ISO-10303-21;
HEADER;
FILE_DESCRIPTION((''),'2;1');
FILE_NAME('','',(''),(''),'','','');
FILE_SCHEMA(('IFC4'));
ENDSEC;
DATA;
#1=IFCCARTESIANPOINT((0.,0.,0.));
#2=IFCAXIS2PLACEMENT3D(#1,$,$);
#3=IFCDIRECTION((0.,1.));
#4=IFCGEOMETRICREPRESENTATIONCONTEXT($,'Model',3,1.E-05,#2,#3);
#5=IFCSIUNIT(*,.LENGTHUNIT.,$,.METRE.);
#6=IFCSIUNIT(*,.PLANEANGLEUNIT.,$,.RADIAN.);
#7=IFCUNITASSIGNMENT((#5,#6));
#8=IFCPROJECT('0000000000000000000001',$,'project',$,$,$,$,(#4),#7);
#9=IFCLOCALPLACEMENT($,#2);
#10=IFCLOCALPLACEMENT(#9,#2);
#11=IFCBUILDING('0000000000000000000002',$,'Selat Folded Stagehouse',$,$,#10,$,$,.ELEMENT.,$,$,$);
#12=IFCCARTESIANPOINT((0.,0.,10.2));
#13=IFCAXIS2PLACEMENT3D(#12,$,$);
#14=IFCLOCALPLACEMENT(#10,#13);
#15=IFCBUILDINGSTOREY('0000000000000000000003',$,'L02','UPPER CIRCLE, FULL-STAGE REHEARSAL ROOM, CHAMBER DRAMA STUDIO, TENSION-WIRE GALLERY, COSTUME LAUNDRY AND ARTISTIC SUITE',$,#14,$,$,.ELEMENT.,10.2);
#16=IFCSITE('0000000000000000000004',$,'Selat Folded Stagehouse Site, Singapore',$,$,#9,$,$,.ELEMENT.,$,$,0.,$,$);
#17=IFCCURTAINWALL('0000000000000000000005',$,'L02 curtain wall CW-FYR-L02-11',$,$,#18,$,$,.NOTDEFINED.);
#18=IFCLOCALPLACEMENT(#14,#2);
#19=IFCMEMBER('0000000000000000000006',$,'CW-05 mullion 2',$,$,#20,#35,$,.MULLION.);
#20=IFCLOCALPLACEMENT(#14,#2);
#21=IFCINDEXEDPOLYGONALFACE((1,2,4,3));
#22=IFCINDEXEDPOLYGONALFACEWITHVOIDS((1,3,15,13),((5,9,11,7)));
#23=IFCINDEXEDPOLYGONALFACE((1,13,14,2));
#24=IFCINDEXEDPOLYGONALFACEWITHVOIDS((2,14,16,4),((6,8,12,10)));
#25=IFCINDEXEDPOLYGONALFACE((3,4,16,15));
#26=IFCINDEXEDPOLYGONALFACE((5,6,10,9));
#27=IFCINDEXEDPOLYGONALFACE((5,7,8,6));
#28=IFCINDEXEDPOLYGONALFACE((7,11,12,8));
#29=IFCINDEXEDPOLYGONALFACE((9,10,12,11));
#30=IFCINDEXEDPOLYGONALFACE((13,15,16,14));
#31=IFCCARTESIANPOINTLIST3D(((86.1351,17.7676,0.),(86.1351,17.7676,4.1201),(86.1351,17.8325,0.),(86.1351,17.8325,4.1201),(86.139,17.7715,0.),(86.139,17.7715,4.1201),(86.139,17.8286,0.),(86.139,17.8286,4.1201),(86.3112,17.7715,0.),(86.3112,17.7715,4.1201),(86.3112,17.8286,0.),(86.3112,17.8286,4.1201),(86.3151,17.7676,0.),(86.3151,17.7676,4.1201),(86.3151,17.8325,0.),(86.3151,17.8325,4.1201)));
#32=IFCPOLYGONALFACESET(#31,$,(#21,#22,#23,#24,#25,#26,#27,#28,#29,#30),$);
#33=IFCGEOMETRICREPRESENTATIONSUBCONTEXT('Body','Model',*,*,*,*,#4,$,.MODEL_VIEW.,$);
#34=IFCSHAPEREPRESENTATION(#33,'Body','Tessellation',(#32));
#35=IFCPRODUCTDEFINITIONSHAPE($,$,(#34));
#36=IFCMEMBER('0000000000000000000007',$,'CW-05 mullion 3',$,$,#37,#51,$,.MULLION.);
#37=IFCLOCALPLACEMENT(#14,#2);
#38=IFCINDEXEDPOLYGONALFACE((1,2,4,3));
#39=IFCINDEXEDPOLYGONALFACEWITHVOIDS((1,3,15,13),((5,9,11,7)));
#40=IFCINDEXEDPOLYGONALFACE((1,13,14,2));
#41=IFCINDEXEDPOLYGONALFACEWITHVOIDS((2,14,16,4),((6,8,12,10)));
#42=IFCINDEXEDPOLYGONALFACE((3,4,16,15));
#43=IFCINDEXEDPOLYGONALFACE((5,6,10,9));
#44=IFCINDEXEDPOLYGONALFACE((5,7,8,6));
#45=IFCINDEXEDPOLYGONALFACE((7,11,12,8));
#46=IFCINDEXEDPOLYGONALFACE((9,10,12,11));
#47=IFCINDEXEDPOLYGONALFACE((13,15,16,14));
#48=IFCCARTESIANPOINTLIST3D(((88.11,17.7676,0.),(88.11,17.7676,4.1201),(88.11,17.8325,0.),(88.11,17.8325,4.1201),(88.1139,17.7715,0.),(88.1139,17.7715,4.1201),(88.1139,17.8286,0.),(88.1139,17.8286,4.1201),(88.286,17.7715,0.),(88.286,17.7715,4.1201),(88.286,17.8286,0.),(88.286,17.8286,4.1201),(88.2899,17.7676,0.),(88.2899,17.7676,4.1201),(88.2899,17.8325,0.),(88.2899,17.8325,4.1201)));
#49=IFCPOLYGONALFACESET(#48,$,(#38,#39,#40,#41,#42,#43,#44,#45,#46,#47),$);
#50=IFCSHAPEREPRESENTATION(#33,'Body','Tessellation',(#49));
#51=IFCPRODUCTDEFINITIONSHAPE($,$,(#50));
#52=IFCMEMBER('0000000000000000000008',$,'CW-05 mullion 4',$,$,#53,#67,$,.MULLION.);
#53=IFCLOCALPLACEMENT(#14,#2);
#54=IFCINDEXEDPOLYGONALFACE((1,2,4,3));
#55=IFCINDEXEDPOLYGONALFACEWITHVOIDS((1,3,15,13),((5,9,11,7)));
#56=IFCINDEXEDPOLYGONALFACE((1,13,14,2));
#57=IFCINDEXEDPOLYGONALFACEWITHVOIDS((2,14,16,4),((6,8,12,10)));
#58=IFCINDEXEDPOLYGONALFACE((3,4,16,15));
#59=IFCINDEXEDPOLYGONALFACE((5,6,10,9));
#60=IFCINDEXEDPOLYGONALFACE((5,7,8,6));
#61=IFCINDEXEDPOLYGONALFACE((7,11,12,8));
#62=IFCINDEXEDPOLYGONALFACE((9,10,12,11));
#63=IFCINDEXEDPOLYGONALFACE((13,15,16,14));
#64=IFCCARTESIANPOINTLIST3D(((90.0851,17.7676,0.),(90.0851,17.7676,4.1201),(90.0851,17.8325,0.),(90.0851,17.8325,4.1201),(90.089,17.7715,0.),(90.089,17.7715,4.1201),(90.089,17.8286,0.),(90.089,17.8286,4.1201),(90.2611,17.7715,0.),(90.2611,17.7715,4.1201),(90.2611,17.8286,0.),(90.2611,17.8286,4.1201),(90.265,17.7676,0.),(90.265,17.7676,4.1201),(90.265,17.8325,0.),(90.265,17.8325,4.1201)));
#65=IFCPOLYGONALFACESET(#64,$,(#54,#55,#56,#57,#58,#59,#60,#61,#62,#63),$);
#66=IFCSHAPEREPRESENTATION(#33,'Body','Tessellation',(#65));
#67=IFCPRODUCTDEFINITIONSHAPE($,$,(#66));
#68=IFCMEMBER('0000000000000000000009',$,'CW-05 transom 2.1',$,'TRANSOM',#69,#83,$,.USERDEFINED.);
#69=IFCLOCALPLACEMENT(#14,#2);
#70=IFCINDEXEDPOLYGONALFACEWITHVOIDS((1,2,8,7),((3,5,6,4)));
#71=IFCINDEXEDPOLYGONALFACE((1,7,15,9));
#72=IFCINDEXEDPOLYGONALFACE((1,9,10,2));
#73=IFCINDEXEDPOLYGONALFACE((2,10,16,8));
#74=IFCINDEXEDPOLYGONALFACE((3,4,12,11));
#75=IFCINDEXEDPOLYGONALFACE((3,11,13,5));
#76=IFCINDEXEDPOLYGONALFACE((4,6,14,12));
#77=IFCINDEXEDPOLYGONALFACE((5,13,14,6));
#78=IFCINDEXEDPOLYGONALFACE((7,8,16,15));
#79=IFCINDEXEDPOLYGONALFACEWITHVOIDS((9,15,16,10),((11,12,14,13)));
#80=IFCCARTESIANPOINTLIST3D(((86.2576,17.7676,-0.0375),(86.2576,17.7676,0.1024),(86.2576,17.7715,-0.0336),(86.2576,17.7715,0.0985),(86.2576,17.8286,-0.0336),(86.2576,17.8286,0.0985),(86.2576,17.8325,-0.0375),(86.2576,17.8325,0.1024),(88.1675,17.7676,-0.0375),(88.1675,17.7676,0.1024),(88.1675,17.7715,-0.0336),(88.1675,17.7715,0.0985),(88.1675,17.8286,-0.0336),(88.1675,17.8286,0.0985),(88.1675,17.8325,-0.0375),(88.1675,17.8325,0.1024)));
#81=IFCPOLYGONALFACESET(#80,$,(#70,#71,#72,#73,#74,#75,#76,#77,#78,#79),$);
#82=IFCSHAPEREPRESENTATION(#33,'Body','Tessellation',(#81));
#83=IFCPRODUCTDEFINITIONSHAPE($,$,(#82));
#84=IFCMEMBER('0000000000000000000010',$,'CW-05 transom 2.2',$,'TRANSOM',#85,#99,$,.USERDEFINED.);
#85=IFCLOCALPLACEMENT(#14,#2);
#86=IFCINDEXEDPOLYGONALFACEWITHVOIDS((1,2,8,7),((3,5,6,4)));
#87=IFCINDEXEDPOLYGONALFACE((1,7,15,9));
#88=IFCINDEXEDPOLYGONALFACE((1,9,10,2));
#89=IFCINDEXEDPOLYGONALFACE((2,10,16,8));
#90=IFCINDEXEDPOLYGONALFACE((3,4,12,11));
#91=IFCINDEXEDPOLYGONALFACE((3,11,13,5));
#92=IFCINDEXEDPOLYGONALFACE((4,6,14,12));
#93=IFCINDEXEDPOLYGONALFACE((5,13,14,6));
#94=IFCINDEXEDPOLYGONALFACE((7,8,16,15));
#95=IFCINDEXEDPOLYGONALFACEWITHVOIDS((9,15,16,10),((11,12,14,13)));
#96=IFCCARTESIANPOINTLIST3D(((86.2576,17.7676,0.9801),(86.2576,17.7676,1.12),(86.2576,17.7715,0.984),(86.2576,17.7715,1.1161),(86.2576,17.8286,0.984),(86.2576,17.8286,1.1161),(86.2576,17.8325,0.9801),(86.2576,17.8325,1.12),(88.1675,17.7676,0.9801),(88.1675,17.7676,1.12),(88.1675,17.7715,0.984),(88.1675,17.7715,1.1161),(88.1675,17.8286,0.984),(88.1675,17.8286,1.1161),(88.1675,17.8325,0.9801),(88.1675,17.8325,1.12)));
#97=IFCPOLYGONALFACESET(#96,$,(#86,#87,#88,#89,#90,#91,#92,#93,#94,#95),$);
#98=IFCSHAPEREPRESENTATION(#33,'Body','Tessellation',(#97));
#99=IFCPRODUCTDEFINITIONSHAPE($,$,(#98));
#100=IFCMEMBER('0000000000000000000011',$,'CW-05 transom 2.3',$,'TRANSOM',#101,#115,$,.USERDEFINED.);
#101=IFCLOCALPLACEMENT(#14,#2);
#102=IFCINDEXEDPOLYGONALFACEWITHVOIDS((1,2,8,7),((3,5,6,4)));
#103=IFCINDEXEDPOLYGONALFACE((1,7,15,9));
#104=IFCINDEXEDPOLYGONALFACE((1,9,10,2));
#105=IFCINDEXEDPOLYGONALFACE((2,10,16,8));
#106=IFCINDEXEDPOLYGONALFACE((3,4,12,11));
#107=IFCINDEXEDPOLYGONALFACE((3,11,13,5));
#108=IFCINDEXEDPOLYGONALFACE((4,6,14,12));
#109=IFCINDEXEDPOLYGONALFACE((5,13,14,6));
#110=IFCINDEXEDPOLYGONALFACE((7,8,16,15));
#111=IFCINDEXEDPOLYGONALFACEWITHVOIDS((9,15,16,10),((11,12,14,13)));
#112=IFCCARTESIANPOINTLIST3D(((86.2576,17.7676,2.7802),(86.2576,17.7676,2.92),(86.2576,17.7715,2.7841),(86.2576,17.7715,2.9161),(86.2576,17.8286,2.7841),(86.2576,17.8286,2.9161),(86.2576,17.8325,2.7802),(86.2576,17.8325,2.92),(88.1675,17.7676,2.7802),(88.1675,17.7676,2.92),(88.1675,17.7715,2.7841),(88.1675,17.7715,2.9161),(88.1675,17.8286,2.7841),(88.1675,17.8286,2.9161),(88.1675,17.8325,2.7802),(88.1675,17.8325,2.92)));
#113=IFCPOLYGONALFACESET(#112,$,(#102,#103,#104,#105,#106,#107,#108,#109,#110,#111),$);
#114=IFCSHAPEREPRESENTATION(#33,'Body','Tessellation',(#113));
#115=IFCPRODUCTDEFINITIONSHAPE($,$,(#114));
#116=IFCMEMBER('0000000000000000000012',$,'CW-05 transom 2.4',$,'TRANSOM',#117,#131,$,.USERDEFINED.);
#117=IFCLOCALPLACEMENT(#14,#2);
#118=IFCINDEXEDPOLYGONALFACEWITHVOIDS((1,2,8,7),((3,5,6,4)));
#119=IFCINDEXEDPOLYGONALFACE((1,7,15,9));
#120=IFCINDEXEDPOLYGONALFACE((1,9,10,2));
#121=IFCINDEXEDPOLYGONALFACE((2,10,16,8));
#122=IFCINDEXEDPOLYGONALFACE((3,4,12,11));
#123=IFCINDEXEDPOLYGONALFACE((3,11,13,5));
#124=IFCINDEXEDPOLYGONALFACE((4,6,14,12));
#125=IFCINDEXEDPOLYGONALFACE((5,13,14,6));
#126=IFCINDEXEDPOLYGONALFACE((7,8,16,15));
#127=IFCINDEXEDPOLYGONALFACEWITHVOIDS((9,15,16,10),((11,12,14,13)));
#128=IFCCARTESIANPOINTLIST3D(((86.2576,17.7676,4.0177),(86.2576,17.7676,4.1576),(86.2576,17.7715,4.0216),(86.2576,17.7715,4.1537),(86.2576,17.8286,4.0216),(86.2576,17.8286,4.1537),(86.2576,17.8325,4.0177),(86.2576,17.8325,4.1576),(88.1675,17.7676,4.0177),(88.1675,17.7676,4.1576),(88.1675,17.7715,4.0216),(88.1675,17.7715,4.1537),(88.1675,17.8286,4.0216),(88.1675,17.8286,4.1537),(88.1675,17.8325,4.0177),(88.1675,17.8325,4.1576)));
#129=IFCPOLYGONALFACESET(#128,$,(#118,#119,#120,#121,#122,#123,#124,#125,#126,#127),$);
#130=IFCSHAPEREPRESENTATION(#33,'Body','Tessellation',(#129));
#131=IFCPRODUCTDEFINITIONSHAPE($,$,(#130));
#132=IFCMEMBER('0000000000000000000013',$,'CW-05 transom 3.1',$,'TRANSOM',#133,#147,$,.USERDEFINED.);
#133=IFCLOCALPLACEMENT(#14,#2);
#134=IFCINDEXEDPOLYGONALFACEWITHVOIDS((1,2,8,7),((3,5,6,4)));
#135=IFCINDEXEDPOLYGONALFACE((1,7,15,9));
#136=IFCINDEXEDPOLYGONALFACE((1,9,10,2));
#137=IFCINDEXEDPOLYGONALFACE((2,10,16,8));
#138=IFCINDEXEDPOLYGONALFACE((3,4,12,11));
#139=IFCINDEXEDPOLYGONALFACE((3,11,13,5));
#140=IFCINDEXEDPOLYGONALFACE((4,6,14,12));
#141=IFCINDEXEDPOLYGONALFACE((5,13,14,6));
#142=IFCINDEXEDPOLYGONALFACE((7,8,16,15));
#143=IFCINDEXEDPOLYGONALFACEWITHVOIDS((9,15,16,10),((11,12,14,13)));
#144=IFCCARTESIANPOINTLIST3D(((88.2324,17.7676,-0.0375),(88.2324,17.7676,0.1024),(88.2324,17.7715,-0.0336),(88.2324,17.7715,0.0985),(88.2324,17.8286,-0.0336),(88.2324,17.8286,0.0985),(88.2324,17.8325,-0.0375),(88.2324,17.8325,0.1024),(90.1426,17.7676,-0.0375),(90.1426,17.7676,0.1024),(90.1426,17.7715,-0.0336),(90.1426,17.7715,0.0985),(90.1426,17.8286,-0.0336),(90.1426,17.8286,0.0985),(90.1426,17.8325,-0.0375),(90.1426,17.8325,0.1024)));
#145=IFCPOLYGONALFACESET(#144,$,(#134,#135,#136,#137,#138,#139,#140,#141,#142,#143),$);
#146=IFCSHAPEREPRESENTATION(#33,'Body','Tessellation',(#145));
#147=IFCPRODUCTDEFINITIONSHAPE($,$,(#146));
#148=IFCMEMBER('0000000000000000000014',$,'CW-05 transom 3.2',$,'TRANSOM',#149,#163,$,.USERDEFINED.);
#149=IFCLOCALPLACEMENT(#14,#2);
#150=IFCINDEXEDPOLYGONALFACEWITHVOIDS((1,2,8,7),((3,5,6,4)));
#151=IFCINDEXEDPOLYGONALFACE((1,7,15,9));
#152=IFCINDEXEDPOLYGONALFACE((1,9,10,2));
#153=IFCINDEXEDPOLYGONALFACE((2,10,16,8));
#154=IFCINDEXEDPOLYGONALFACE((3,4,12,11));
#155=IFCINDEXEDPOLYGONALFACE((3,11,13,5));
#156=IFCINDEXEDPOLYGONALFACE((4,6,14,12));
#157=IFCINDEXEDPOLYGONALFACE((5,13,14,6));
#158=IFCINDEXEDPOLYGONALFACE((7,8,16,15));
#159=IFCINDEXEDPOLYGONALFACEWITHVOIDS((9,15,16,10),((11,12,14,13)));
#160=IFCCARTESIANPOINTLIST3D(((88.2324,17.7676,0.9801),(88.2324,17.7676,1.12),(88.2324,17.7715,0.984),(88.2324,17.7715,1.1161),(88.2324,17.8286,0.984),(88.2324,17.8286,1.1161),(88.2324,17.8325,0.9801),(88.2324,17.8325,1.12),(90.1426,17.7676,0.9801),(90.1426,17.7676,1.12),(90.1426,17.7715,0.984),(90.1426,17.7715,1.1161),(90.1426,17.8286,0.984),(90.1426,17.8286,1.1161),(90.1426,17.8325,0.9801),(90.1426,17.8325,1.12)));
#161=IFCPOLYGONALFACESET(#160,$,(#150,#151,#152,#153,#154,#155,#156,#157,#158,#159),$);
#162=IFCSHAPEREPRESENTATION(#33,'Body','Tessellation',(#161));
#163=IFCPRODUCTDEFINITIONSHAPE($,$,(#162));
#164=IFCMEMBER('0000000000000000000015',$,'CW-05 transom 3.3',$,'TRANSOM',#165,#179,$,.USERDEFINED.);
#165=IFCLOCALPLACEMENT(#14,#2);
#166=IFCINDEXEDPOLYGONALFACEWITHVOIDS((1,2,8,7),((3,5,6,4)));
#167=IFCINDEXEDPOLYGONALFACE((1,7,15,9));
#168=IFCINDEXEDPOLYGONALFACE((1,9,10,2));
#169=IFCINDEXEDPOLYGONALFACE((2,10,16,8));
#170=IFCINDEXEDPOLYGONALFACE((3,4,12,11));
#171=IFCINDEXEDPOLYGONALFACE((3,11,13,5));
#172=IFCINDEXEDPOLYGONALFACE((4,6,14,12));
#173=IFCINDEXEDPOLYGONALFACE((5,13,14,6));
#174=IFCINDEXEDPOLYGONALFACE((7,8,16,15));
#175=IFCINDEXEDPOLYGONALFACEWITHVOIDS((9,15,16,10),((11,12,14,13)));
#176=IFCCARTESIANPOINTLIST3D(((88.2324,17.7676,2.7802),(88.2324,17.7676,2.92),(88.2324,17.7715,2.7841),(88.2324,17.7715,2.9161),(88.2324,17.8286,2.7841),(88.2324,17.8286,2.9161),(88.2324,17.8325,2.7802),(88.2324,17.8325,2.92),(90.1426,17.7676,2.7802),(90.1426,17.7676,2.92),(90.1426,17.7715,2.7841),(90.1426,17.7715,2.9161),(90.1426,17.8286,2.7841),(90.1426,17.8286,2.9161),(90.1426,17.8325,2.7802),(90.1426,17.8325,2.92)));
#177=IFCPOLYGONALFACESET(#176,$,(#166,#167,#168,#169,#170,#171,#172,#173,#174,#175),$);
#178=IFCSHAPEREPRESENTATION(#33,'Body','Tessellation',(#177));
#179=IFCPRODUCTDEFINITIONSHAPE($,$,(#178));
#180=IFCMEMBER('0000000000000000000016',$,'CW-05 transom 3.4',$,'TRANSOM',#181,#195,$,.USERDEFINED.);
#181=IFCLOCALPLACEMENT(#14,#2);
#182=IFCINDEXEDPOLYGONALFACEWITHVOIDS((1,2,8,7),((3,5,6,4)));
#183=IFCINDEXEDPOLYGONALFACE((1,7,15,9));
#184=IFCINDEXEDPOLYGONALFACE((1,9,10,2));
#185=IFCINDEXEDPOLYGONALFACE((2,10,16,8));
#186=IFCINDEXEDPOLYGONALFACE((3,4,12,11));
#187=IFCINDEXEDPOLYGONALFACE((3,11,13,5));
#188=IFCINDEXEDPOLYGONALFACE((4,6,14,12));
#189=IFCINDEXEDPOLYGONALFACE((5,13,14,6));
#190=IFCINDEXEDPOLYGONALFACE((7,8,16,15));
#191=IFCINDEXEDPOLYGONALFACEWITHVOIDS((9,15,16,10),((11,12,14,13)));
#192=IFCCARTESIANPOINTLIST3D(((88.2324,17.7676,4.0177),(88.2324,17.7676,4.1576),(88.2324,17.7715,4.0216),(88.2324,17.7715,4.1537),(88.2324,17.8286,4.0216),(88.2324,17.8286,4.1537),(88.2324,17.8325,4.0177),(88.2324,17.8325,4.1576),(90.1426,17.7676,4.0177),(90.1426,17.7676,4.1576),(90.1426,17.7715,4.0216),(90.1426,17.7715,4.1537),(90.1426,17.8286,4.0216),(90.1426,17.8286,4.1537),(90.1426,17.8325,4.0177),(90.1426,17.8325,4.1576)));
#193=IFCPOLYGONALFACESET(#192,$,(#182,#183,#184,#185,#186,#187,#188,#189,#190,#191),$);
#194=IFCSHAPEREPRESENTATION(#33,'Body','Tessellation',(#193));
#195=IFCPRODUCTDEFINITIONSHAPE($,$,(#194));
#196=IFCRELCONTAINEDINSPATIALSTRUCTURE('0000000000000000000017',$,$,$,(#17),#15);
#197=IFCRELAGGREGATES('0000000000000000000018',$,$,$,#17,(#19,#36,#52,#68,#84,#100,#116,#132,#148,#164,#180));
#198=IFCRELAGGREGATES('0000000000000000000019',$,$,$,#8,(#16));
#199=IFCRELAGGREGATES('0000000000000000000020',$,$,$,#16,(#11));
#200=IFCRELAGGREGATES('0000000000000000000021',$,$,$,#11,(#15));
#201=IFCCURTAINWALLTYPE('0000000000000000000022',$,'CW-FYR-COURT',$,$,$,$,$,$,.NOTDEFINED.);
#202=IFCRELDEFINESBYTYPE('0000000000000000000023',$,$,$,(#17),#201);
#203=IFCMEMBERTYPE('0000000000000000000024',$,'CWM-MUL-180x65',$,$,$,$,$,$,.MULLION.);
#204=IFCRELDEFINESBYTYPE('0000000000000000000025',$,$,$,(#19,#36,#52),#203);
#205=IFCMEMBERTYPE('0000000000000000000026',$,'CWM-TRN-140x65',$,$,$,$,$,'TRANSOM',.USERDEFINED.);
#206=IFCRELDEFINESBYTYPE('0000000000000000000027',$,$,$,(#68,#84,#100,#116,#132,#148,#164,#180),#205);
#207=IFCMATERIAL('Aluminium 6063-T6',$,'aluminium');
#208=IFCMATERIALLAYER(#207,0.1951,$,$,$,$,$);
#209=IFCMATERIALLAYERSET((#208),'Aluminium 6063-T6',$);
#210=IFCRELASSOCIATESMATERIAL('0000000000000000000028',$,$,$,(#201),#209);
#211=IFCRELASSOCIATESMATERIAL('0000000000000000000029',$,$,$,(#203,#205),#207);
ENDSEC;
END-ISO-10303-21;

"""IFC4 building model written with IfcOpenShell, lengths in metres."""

from ifc_helpers import new_model, si_unit, direction, frame, origin, origin_2d, place, context, subcontext, project, spatial, hollow_rectangle, extrude, material, layer, layer_set, material_profile, profile_set, type_object, element, aggregate, save


model = new_model("IFC4")

# Units and contexts
model_context = context("Model", 3, precision=1e-05, world=origin(), true_north=direction((0.0, 1.0)))
body_context = subcontext(model_context, "Body", "Model", "MODEL_VIEW")
ifc_project = project(units=[si_unit("LENGTHUNIT", "METRE"), si_unit("PLANEANGLEUNIT", "RADIAN")], contexts=[model_context])

# Site, building, storey
site_placement = place(None, origin())
site = spatial("IfcSite", under=ifc_project, at=site_placement, Name="Selat Folded Stagehouse Site, Singapore", CompositionType="ELEMENT", RefElevation=0.0)
building_placement = place(site_placement, origin())
building = spatial("IfcBuilding", under=site, at=building_placement, Name="Selat Folded Stagehouse", CompositionType="ELEMENT")
storey_placement = place(building_placement, frame((0.0, 0.0, 10.2)))
storey = spatial("IfcBuildingStorey", under=building, at=storey_placement, Name="L02", Description="UPPER CIRCLE, FULL-STAGE REHEARSAL ROOM, CHAMBER DRAMA STUDIO, TENSION-WIRE GALLERY, COSTUME LAUNDRY AND ARTISTIC SUITE", CompositionType="ELEMENT", Elevation=10.2)

# Curtain wall, members
ifc_material_1 = material(Name="Aluminium 6063-T6", Category="aluminium")
ifc_layer_1 = layer(ifc_material_1, 0.1951)
ifc_layer_set_1 = layer_set([ifc_layer_1], Name="Aluminium 6063-T6")
curtain_wall_type = type_object("IfcCurtainWallType", Name="CW-FYR-COURT", PredefinedType="NOTDEFINED", material=ifc_layer_set_1)
curtain_wall_placement = place(storey_placement, origin())
curtain_wall = element("IfcCurtainWall", 1, at=curtain_wall_placement, inside=storey, type_object=curtain_wall_type, Name="L02 curtain wall CW-FYR-L02-11", PredefinedType="NOTDEFINED")
ifc_material_profile_1 = material_profile(ifc_material_1, hollow_rectangle(XDim=0.0649, YDim=0.1799, WallThickness=0.0039, at=origin_2d()), Name="ALU 180x65x4.0")
ifc_profile_set_1 = profile_set([ifc_material_profile_1], Name="Aluminium 6063-T6")
member_type_1 = type_object("IfcMemberType", Name="CWM-MUL-180x65", PredefinedType="MULLION", material=ifc_profile_set_1)
member_1_placement = place(storey_placement, frame((86.2251, 17.8, 0.0), z_axis=(0.0, 0.0, 1.0), x_axis=(0.0, 1.0, 0.0)))
member_1 = element("IfcMember", 2, at=member_1_placement, type_object=member_type_1, Name="CW-05 mullion 2", PredefinedType="MULLION", context=body_context, shape_type="SweptSolid", body=[
    extrude(hollow_rectangle(XDim=0.0649, YDim=0.1799, WallThickness=0.0039, at=origin_2d()), origin(), (0.0, 0.0, 1.0), 4.1201),
])
member_2_placement = place(storey_placement, frame((88.2, 17.8, 0.0), z_axis=(0.0, 0.0, 1.0), x_axis=(0.0, 1.0, 0.0)))
member_2 = element("IfcMember", 3, at=member_2_placement, type_object=member_type_1, Name="CW-05 mullion 3", PredefinedType="MULLION", context=body_context, shape_type="SweptSolid", body=[
    extrude(hollow_rectangle(XDim=0.0649, YDim=0.1799, WallThickness=0.0039, at=origin_2d()), origin(), (0.0, 0.0, 1.0), 4.1201),
])
member_3_placement = place(storey_placement, frame((90.175, 17.8, 0.0), z_axis=(0.0, 0.0, 1.0), x_axis=(0.0, 1.0, 0.0)))
member_3 = element("IfcMember", 4, at=member_3_placement, type_object=member_type_1, Name="CW-05 mullion 4", PredefinedType="MULLION", context=body_context, shape_type="SweptSolid", body=[
    extrude(hollow_rectangle(XDim=0.0649, YDim=0.1799, WallThickness=0.0039, at=origin_2d()), origin(), (0.0, 0.0, 1.0), 4.1201),
])
ifc_material_profile_2 = material_profile(ifc_material_1, hollow_rectangle(XDim=0.0649, YDim=0.1399, WallThickness=0.0039, at=origin_2d()), Name="ALU 140x65x4.0")
ifc_profile_set_2 = profile_set([ifc_material_profile_2], Name="Aluminium 6063-T6")
member_type_2 = type_object("IfcMemberType", Name="CWM-TRN-140x65", ElementType="TRANSOM", PredefinedType="USERDEFINED", material=ifc_profile_set_2)
member_4_placement = place(storey_placement, frame((86.2576, 17.8, 0.0325), z_axis=(1.0, 0.0, 0.0), x_axis=(0.0, 1.0, 0.0)))
member_4 = element("IfcMember", 5, at=member_4_placement, type_object=member_type_2, Name="CW-05 transom 2.1", ObjectType="TRANSOM", PredefinedType="USERDEFINED", context=body_context, shape_type="SweptSolid", body=[
    extrude(hollow_rectangle(XDim=0.0649, YDim=0.1399, WallThickness=0.0039, at=origin_2d()), origin(), (0.0, 0.0, 1.0), 1.9099),
])
member_5_placement = place(storey_placement, frame((86.2576, 17.8, 1.05), z_axis=(1.0, 0.0, 0.0), x_axis=(0.0, 1.0, 0.0)))
member_5 = element("IfcMember", 6, at=member_5_placement, type_object=member_type_2, Name="CW-05 transom 2.2", ObjectType="TRANSOM", PredefinedType="USERDEFINED", context=body_context, shape_type="SweptSolid", body=[
    extrude(hollow_rectangle(XDim=0.0649, YDim=0.1399, WallThickness=0.0039, at=origin_2d()), origin(), (0.0, 0.0, 1.0), 1.9099),
])
member_6_placement = place(storey_placement, frame((86.2576, 17.8, 2.8501), z_axis=(1.0, 0.0, 0.0), x_axis=(0.0, 1.0, 0.0)))
member_6 = element("IfcMember", 7, at=member_6_placement, type_object=member_type_2, Name="CW-05 transom 2.3", ObjectType="TRANSOM", PredefinedType="USERDEFINED", context=body_context, shape_type="SweptSolid", body=[
    extrude(hollow_rectangle(XDim=0.0649, YDim=0.1399, WallThickness=0.0039, at=origin_2d()), origin(), (0.0, 0.0, 1.0), 1.9099),
])
member_7_placement = place(storey_placement, frame((86.2576, 17.8, 4.0876), z_axis=(1.0, 0.0, 0.0), x_axis=(0.0, 1.0, 0.0)))
member_7 = element("IfcMember", 8, at=member_7_placement, type_object=member_type_2, Name="CW-05 transom 2.4", ObjectType="TRANSOM", PredefinedType="USERDEFINED", context=body_context, shape_type="SweptSolid", body=[
    extrude(hollow_rectangle(XDim=0.0649, YDim=0.1399, WallThickness=0.0039, at=origin_2d()), origin(), (0.0, 0.0, 1.0), 1.9099),
])
member_8_placement = place(storey_placement, frame((88.2324, 17.8, 0.0325), z_axis=(1.0, 0.0, 0.0), x_axis=(0.0, 1.0, 0.0)))
member_8 = element("IfcMember", 9, at=member_8_placement, type_object=member_type_2, Name="CW-05 transom 3.1", ObjectType="TRANSOM", PredefinedType="USERDEFINED", context=body_context, shape_type="SweptSolid", body=[
    extrude(hollow_rectangle(XDim=0.0649, YDim=0.1399, WallThickness=0.0039, at=origin_2d()), origin(), (0.0, 0.0, 1.0), 1.9102),
])
member_9_placement = place(storey_placement, frame((88.2324, 17.8, 1.05), z_axis=(1.0, 0.0, 0.0), x_axis=(0.0, 1.0, 0.0)))
member_9 = element("IfcMember", 10, at=member_9_placement, type_object=member_type_2, Name="CW-05 transom 3.2", ObjectType="TRANSOM", PredefinedType="USERDEFINED", context=body_context, shape_type="SweptSolid", body=[
    extrude(hollow_rectangle(XDim=0.0649, YDim=0.1399, WallThickness=0.0039, at=origin_2d()), origin(), (0.0, 0.0, 1.0), 1.9102),
])
member_10_placement = place(storey_placement, frame((88.2324, 17.8, 2.8501), z_axis=(1.0, 0.0, 0.0), x_axis=(0.0, 1.0, 0.0)))
member_10 = element("IfcMember", 11, at=member_10_placement, type_object=member_type_2, Name="CW-05 transom 3.3", ObjectType="TRANSOM", PredefinedType="USERDEFINED", context=body_context, shape_type="SweptSolid", body=[
    extrude(hollow_rectangle(XDim=0.0649, YDim=0.1399, WallThickness=0.0039, at=origin_2d()), origin(), (0.0, 0.0, 1.0), 1.9102),
])
member_11_placement = place(storey_placement, frame((88.2324, 17.8, 4.0876), z_axis=(1.0, 0.0, 0.0), x_axis=(0.0, 1.0, 0.0)))
member_11 = element("IfcMember", 12, at=member_11_placement, type_object=member_type_2, Name="CW-05 transom 3.4", ObjectType="TRANSOM", PredefinedType="USERDEFINED", context=body_context, shape_type="SweptSolid", body=[
    extrude(hollow_rectangle(XDim=0.0649, YDim=0.1399, WallThickness=0.0039, at=origin_2d()), origin(), (0.0, 0.0, 1.0), 1.9102),
])

aggregate(curtain_wall, [member_1, member_2, member_3, member_4, member_5, member_6, member_7, member_8, member_9, member_10, member_11])

save(model, "model.ifc")
